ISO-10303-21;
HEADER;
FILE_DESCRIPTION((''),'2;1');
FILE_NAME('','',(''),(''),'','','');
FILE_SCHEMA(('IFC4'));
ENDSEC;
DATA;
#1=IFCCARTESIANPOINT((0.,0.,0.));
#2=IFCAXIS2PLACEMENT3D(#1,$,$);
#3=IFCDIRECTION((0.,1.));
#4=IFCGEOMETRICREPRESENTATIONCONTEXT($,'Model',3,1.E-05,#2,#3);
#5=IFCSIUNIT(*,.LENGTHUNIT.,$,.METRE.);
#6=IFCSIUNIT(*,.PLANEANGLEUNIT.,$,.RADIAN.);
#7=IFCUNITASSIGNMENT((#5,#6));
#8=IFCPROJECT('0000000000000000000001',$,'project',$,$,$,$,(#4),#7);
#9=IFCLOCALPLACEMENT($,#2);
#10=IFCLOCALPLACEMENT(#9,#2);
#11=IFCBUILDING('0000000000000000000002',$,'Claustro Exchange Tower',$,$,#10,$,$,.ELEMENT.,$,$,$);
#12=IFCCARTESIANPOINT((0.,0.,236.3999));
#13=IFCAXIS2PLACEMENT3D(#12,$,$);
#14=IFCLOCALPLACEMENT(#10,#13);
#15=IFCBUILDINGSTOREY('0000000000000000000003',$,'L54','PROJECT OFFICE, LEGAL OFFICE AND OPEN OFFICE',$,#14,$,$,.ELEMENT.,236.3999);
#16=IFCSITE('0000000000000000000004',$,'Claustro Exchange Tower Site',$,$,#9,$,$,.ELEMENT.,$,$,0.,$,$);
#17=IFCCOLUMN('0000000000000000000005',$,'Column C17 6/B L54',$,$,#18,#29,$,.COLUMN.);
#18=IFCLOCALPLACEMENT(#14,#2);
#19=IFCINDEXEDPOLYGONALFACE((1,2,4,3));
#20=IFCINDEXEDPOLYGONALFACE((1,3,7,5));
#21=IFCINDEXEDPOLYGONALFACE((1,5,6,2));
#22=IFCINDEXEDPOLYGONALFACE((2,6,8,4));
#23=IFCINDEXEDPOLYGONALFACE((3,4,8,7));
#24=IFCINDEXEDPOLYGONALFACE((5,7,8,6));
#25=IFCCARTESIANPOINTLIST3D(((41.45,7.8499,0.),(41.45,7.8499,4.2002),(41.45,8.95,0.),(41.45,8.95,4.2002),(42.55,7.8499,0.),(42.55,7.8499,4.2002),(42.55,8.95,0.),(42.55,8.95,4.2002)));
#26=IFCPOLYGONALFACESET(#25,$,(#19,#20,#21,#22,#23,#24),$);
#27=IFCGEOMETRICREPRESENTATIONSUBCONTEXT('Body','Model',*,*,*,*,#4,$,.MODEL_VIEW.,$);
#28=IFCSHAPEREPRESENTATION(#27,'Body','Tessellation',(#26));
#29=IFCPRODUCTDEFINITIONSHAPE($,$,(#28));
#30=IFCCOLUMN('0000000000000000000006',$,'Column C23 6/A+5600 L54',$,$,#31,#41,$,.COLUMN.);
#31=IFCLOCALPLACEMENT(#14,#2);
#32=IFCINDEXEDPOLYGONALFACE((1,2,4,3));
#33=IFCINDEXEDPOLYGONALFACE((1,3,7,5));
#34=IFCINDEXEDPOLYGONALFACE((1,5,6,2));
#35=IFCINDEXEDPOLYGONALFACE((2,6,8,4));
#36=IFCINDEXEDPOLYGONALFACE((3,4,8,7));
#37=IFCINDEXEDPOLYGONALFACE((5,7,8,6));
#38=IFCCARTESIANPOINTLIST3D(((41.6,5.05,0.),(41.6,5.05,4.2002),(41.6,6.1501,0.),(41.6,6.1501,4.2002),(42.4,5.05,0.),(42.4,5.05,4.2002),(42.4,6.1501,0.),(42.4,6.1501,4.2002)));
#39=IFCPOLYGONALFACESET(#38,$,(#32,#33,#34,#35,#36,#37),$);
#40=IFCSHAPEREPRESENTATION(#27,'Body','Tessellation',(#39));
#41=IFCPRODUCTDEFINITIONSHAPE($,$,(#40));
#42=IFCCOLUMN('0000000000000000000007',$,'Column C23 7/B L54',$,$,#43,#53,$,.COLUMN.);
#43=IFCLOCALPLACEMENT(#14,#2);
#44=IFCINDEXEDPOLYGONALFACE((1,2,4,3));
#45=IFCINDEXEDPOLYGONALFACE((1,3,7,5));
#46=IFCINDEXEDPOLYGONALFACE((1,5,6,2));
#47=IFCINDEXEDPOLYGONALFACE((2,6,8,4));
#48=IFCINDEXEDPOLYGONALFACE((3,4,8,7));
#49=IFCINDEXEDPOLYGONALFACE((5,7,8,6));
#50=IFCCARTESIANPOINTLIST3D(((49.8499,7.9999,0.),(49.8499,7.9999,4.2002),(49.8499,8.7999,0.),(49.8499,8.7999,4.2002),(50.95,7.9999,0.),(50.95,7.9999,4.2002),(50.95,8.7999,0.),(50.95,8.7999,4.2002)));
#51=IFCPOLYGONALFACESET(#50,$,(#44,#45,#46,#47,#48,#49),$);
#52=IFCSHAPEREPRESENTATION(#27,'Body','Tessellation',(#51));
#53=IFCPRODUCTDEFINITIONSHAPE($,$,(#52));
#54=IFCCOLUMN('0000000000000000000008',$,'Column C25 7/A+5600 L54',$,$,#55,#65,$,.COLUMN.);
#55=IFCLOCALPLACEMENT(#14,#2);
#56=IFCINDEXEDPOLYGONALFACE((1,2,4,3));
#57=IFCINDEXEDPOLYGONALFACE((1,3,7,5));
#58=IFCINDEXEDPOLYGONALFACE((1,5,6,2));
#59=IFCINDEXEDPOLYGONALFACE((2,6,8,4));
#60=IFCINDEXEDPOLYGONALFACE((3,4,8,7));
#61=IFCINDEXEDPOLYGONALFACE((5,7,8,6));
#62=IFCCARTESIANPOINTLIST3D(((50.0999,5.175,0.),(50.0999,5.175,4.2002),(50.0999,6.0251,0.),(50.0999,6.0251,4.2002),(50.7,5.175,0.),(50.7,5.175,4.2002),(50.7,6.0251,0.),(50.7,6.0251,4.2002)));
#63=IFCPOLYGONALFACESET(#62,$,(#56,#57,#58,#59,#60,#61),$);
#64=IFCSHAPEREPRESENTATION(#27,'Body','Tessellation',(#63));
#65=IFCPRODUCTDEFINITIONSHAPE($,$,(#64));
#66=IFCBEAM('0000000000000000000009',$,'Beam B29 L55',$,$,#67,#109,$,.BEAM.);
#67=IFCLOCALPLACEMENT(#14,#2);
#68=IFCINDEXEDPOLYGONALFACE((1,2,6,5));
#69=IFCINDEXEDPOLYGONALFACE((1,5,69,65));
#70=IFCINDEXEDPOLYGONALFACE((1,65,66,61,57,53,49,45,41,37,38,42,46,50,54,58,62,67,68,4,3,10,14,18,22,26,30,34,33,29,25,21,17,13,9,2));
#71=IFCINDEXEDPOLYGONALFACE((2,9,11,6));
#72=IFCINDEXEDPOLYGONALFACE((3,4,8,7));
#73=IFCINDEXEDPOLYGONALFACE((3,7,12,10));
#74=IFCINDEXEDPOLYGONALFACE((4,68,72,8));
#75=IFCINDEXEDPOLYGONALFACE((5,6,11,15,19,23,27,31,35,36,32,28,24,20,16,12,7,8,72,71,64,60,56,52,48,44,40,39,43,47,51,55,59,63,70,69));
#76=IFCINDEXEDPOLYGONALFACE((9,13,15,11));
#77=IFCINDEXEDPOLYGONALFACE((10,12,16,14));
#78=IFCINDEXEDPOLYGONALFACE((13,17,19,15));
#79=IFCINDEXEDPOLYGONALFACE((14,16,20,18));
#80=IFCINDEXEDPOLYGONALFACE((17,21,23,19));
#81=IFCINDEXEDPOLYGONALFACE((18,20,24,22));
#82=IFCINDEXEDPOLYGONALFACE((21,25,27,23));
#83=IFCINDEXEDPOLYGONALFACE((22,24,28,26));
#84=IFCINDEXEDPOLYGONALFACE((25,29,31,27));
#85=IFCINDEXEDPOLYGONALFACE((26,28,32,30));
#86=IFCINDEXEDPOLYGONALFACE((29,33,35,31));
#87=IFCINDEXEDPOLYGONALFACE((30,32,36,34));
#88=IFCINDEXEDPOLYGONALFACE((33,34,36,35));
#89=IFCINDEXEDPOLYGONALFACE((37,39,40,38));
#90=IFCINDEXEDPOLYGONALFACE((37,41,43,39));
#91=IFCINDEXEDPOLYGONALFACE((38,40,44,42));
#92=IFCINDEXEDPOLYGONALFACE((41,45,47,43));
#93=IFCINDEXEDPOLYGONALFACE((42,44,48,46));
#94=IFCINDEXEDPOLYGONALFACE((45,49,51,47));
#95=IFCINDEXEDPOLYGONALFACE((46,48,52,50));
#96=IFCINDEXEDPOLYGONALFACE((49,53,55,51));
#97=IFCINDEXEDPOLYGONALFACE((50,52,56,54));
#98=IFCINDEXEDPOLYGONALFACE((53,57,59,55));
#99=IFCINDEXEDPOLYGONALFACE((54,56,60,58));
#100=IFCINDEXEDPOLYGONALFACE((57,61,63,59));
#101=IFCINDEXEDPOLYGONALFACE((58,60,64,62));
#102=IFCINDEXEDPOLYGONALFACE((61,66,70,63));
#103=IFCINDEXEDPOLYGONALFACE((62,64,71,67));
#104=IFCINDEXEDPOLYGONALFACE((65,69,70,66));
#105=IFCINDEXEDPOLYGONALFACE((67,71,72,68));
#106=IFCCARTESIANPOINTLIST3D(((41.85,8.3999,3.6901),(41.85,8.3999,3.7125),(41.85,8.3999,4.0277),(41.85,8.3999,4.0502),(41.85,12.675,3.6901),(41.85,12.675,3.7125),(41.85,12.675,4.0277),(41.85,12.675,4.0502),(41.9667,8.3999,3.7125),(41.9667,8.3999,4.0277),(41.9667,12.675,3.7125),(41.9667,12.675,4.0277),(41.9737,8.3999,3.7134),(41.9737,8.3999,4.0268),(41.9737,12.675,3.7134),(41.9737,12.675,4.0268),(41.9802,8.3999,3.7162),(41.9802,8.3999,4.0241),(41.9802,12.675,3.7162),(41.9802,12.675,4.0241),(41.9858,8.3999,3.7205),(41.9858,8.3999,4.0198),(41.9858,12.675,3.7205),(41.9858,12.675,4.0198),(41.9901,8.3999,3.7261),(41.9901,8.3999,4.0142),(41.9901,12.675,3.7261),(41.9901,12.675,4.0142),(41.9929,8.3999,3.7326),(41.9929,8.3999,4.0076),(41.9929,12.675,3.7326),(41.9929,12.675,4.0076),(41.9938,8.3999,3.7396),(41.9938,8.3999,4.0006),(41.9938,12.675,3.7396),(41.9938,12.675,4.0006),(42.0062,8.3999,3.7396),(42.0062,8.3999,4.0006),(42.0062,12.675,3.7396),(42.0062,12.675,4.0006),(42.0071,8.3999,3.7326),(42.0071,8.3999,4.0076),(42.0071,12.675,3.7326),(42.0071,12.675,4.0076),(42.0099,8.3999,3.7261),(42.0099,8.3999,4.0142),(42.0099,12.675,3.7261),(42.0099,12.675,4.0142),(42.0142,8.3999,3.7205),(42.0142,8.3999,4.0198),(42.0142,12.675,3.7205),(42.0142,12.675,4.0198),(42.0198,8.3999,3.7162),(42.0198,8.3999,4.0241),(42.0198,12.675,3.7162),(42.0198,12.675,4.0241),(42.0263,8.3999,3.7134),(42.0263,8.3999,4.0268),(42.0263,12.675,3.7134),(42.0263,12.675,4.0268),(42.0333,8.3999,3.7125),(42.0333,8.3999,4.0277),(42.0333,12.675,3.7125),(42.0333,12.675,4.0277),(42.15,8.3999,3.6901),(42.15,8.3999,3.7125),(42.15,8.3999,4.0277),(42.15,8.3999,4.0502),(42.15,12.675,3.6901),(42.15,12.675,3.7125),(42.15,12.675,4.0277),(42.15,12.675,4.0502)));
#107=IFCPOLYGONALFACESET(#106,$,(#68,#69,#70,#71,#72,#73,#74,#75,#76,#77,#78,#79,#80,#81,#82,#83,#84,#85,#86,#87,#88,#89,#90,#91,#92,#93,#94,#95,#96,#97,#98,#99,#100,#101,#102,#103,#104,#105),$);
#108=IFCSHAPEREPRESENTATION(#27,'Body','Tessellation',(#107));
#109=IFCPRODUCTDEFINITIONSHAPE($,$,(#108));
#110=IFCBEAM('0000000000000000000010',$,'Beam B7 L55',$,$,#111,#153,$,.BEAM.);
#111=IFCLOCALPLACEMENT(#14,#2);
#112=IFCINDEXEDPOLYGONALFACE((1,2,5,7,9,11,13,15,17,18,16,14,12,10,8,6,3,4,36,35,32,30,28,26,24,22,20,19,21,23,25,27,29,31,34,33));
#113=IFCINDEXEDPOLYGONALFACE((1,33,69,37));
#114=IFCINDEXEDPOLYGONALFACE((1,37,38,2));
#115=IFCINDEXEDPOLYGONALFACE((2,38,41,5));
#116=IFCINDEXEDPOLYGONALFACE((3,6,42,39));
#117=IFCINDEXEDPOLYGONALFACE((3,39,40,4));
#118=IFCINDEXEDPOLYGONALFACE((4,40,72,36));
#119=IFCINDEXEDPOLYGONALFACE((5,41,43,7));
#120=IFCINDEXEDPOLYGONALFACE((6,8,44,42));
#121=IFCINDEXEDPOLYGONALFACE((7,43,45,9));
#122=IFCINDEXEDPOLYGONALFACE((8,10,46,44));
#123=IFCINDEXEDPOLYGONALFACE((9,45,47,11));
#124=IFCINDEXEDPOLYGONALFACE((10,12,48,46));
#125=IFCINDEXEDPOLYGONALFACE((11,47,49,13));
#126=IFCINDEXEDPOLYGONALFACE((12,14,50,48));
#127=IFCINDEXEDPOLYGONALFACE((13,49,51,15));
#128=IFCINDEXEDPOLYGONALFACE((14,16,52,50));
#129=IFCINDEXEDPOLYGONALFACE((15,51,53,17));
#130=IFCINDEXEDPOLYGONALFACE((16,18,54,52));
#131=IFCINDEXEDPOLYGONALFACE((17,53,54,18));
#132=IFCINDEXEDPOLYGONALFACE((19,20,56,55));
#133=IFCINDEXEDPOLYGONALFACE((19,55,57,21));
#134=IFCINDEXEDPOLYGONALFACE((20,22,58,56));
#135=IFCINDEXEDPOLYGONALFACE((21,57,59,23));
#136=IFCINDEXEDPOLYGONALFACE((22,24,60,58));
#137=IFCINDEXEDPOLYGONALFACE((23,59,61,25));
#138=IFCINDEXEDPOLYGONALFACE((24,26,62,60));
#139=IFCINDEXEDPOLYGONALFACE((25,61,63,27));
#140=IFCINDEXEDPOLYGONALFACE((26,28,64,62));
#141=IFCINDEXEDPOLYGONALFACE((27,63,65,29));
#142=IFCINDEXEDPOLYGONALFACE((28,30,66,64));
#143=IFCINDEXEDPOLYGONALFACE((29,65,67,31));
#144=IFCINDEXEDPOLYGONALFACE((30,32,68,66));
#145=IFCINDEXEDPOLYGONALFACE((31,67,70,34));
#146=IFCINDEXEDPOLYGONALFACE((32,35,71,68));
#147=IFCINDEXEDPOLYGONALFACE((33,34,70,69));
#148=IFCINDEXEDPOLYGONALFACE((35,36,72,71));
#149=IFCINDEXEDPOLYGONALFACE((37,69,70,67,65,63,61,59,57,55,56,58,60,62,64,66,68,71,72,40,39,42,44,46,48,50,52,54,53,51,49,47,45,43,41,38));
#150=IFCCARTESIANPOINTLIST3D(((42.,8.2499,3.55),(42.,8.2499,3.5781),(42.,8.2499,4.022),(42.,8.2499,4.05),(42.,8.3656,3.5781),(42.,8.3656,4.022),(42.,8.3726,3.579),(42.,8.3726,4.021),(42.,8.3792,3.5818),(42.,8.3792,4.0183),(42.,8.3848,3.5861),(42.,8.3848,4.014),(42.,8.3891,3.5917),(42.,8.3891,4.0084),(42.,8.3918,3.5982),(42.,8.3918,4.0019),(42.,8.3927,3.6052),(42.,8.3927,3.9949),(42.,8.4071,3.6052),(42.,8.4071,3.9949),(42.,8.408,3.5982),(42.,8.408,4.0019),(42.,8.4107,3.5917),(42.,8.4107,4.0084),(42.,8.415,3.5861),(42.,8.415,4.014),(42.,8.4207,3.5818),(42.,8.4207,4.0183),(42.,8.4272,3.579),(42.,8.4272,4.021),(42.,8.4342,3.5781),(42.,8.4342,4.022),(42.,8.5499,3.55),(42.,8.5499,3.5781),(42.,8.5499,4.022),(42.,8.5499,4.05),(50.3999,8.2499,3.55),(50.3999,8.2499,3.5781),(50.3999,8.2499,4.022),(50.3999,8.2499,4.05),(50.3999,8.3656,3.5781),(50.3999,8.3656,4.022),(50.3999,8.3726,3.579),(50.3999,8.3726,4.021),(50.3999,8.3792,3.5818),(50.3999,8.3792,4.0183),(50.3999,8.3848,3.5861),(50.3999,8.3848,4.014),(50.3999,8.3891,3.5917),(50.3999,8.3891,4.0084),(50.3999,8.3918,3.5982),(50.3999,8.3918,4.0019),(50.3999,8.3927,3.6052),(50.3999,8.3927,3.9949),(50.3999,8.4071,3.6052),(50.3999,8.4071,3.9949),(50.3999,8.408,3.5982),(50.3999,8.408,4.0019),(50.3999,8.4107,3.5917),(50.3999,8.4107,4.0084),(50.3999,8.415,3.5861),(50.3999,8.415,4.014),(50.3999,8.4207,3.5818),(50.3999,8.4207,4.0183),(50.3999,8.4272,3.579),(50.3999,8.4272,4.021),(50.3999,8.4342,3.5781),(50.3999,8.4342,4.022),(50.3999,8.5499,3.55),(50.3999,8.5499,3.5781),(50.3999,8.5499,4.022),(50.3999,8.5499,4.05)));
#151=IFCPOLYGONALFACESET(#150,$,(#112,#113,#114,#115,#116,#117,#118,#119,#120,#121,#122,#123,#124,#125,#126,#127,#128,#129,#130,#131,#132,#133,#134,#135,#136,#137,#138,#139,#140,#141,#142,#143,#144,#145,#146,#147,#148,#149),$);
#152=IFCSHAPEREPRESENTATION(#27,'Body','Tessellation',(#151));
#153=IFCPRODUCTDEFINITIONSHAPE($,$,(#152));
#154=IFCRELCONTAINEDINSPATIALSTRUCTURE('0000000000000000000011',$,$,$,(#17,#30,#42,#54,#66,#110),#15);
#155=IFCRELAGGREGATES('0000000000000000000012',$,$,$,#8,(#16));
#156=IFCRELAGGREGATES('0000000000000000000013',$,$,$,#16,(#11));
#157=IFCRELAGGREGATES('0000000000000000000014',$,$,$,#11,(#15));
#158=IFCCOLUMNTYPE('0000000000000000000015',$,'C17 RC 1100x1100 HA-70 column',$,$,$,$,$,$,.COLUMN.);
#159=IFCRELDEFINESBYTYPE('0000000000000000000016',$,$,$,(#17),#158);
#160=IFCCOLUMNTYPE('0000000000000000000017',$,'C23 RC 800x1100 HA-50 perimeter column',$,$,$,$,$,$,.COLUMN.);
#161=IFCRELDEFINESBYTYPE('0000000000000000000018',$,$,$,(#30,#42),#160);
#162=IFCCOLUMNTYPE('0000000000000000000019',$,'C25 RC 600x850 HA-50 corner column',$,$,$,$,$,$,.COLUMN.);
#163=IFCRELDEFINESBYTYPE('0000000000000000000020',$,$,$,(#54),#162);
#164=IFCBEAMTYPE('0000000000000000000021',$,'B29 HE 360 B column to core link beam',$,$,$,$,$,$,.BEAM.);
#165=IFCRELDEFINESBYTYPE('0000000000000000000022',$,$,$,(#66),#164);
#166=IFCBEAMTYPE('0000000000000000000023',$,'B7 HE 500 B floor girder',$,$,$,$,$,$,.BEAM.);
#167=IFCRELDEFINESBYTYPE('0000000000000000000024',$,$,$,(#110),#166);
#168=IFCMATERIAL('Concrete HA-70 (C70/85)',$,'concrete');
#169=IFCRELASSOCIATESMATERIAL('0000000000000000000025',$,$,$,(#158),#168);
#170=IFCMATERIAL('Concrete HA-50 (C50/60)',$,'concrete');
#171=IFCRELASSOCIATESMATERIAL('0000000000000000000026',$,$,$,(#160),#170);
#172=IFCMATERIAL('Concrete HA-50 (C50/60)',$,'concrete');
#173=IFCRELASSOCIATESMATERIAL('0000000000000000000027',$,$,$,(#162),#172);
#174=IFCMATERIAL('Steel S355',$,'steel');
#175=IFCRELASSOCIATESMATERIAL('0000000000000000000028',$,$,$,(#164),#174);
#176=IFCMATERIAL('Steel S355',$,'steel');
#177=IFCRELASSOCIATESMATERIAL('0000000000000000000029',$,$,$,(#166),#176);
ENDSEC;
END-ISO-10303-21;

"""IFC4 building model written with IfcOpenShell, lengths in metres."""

from ifc_helpers import new_model, si_unit, direction, frame, origin, origin_2d, place, context, subcontext, project, spatial, rectangle, i_section, extrude, material, material_profile, profile_set, type_object, element, save


model = new_model("IFC4")

# Units and contexts
model_context = context("Model", 3, precision=1e-05, world=origin(), true_north=direction((0.0, 1.0)))
body_context = subcontext(model_context, "Body", "Model", "MODEL_VIEW")
ifc_project = project(units=[si_unit("LENGTHUNIT", "METRE"), si_unit("PLANEANGLEUNIT", "RADIAN")], contexts=[model_context])

# Site, building, storey
site_placement = place(None, origin())
site = spatial("IfcSite", under=ifc_project, at=site_placement, Name="Claustro Exchange Tower Site", CompositionType="ELEMENT", RefElevation=0.0)
building_placement = place(site_placement, origin())
building = spatial("IfcBuilding", under=site, at=building_placement, Name="Claustro Exchange Tower", CompositionType="ELEMENT")
storey_placement = place(building_placement, frame((0.0, 0.0, 236.3999)))
storey = spatial("IfcBuildingStorey", under=building, at=storey_placement, Name="L54", Description="PROJECT OFFICE, LEGAL OFFICE AND OPEN OFFICE", CompositionType="ELEMENT", Elevation=236.3999)

# Columns
ifc_material_1 = material(Name="Concrete HA-70 (C70/85)", Category="concrete")
ifc_material_profile_1 = material_profile(ifc_material_1, rectangle(XDim=1.1001, YDim=1.1001, at=origin_2d()), Name="RC 1100x1100")
ifc_profile_set_1 = profile_set([ifc_material_profile_1], Name="Concrete HA-70 (C70/85)")
column_type_1 = type_object("IfcColumnType", Name="C17 RC 1100x1100 HA-70 column", PredefinedType="COLUMN", material=ifc_profile_set_1)
column_1_placement = place(storey_placement, frame((42.0, 8.3999, 0.0), z_axis=(0.0, 0.0, 1.0), x_axis=(1.0, 0.0, 0.0)))
element("IfcColumn", 1, at=column_1_placement, inside=storey, type_object=column_type_1, Name="Column C17 6/B L54", PredefinedType="COLUMN", context=body_context, shape_type="SweptSolid", body=[
    extrude(rectangle(XDim=1.1001, YDim=1.1001, at=origin_2d()), origin(), (0.0, 0.0, 1.0), 4.2002),
])
ifc_material_2 = material(Name="Concrete HA-50 (C50/60)", Category="concrete")
ifc_material_profile_2 = material_profile(ifc_material_2, rectangle(XDim=0.8, YDim=1.1001, at=origin_2d()), Name="RC 800x1100")
ifc_profile_set_2 = profile_set([ifc_material_profile_2], Name="Concrete HA-50 (C50/60)")
column_type_2 = type_object("IfcColumnType", Name="C23 RC 800x1100 HA-50 perimeter column", PredefinedType="COLUMN", material=ifc_profile_set_2)
for number, where, z_axis, x_axis, name in (
    (2, (42.0, 5.6001, 0.0), (0.0, 0.0, 1.0), (1.0, 0.0, 0.0), "Column C23 6/A+5600 L54"),
    (3, (50.3999, 8.3999, 0.0), (0.0, 0.0, 1.0), (0.0, 1.0, 0.0), "Column C23 7/B L54"),
):
    element("IfcColumn", number, at=place(storey_placement, frame(where, z_axis=z_axis, x_axis=x_axis)), inside=storey, type_object=column_type_2, Name=name, PredefinedType="COLUMN", context=body_context, shape_type="SweptSolid", body=[
        extrude(rectangle(XDim=0.8, YDim=1.1001, at=origin_2d()), origin(), (0.0, 0.0, 1.0), 4.2002),
    ])
ifc_material_3 = material(Name="Concrete HA-50 (C50/60)", Category="concrete")
ifc_material_profile_3 = material_profile(ifc_material_3, rectangle(XDim=0.6001, YDim=0.8501, at=origin_2d()), Name="RC 600x850")
ifc_profile_set_3 = profile_set([ifc_material_profile_3], Name="Concrete HA-50 (C50/60)")
column_type_3 = type_object("IfcColumnType", Name="C25 RC 600x850 HA-50 corner column", PredefinedType="COLUMN", material=ifc_profile_set_3)
column_2_placement = place(storey_placement, frame((50.3999, 5.6001, 0.0), z_axis=(0.0, 0.0, 1.0), x_axis=(1.0, 0.0, 0.0)))
element("IfcColumn", 4, at=column_2_placement, inside=storey, type_object=column_type_3, Name="Column C25 7/A+5600 L54", PredefinedType="COLUMN", context=body_context, shape_type="SweptSolid", body=[
    extrude(rectangle(XDim=0.6001, YDim=0.8501, at=origin_2d()), origin(), (0.0, 0.0, 1.0), 4.2002),
])

# Beams
ifc_material_4 = material(Name="Steel S355", Category="steel")
ifc_material_profile_4 = material_profile(ifc_material_4, i_section(OverallWidth=0.3, OverallDepth=0.3601, WebThickness=0.0125, FlangeThickness=0.0225, FilletRadius=0.0271, at=origin_2d()), Name="HE 360 B")
ifc_profile_set_4 = profile_set([ifc_material_profile_4], Name="Steel S355")
beam_type_1 = type_object("IfcBeamType", Name="B29 HE 360 B column to core link beam", PredefinedType="BEAM", material=ifc_profile_set_4)
beam_1_placement = place(storey_placement, frame((42.0, 8.3999, 3.8701), z_axis=(0.0, 1.0, 0.0), x_axis=(-1.0, 0.0, 0.0)))
element("IfcBeam", 5, at=beam_1_placement, inside=storey, type_object=beam_type_1, Name="Beam B29 L55", PredefinedType="BEAM", context=body_context, shape_type="SweptSolid", body=[
    extrude(i_section(OverallWidth=0.3, OverallDepth=0.3601, WebThickness=0.0125, FlangeThickness=0.0225, FilletRadius=0.0271, at=origin_2d()), origin(), (0.0, 0.0, 1.0), 4.2751),
])
ifc_material_5 = material(Name="Steel S355", Category="steel")
ifc_material_profile_5 = material_profile(ifc_material_5, i_section(OverallWidth=0.3, OverallDepth=0.5, WebThickness=0.0144, FlangeThickness=0.0281, FilletRadius=0.0271, at=origin_2d()), Name="HE 500 B")
ifc_profile_set_5 = profile_set([ifc_material_profile_5], Name="Steel S355")
beam_type_2 = type_object("IfcBeamType", Name="B7 HE 500 B floor girder", PredefinedType="BEAM", material=ifc_profile_set_5)
beam_2_placement = place(storey_placement, frame((42.0, 8.3999, 3.8), z_axis=(1.0, 0.0, 0.0), x_axis=(0.0, 1.0, 0.0)))
element("IfcBeam", 6, at=beam_2_placement, inside=storey, type_object=beam_type_2, Name="Beam B7 L55", PredefinedType="BEAM", context=body_context, shape_type="SweptSolid", body=[
    extrude(i_section(OverallWidth=0.3, OverallDepth=0.5, WebThickness=0.0144, FlangeThickness=0.0281, FilletRadius=0.0271, at=origin_2d()), origin(), (0.0, 0.0, 1.0), 8.3999),
])

save(model, "model.ifc")
